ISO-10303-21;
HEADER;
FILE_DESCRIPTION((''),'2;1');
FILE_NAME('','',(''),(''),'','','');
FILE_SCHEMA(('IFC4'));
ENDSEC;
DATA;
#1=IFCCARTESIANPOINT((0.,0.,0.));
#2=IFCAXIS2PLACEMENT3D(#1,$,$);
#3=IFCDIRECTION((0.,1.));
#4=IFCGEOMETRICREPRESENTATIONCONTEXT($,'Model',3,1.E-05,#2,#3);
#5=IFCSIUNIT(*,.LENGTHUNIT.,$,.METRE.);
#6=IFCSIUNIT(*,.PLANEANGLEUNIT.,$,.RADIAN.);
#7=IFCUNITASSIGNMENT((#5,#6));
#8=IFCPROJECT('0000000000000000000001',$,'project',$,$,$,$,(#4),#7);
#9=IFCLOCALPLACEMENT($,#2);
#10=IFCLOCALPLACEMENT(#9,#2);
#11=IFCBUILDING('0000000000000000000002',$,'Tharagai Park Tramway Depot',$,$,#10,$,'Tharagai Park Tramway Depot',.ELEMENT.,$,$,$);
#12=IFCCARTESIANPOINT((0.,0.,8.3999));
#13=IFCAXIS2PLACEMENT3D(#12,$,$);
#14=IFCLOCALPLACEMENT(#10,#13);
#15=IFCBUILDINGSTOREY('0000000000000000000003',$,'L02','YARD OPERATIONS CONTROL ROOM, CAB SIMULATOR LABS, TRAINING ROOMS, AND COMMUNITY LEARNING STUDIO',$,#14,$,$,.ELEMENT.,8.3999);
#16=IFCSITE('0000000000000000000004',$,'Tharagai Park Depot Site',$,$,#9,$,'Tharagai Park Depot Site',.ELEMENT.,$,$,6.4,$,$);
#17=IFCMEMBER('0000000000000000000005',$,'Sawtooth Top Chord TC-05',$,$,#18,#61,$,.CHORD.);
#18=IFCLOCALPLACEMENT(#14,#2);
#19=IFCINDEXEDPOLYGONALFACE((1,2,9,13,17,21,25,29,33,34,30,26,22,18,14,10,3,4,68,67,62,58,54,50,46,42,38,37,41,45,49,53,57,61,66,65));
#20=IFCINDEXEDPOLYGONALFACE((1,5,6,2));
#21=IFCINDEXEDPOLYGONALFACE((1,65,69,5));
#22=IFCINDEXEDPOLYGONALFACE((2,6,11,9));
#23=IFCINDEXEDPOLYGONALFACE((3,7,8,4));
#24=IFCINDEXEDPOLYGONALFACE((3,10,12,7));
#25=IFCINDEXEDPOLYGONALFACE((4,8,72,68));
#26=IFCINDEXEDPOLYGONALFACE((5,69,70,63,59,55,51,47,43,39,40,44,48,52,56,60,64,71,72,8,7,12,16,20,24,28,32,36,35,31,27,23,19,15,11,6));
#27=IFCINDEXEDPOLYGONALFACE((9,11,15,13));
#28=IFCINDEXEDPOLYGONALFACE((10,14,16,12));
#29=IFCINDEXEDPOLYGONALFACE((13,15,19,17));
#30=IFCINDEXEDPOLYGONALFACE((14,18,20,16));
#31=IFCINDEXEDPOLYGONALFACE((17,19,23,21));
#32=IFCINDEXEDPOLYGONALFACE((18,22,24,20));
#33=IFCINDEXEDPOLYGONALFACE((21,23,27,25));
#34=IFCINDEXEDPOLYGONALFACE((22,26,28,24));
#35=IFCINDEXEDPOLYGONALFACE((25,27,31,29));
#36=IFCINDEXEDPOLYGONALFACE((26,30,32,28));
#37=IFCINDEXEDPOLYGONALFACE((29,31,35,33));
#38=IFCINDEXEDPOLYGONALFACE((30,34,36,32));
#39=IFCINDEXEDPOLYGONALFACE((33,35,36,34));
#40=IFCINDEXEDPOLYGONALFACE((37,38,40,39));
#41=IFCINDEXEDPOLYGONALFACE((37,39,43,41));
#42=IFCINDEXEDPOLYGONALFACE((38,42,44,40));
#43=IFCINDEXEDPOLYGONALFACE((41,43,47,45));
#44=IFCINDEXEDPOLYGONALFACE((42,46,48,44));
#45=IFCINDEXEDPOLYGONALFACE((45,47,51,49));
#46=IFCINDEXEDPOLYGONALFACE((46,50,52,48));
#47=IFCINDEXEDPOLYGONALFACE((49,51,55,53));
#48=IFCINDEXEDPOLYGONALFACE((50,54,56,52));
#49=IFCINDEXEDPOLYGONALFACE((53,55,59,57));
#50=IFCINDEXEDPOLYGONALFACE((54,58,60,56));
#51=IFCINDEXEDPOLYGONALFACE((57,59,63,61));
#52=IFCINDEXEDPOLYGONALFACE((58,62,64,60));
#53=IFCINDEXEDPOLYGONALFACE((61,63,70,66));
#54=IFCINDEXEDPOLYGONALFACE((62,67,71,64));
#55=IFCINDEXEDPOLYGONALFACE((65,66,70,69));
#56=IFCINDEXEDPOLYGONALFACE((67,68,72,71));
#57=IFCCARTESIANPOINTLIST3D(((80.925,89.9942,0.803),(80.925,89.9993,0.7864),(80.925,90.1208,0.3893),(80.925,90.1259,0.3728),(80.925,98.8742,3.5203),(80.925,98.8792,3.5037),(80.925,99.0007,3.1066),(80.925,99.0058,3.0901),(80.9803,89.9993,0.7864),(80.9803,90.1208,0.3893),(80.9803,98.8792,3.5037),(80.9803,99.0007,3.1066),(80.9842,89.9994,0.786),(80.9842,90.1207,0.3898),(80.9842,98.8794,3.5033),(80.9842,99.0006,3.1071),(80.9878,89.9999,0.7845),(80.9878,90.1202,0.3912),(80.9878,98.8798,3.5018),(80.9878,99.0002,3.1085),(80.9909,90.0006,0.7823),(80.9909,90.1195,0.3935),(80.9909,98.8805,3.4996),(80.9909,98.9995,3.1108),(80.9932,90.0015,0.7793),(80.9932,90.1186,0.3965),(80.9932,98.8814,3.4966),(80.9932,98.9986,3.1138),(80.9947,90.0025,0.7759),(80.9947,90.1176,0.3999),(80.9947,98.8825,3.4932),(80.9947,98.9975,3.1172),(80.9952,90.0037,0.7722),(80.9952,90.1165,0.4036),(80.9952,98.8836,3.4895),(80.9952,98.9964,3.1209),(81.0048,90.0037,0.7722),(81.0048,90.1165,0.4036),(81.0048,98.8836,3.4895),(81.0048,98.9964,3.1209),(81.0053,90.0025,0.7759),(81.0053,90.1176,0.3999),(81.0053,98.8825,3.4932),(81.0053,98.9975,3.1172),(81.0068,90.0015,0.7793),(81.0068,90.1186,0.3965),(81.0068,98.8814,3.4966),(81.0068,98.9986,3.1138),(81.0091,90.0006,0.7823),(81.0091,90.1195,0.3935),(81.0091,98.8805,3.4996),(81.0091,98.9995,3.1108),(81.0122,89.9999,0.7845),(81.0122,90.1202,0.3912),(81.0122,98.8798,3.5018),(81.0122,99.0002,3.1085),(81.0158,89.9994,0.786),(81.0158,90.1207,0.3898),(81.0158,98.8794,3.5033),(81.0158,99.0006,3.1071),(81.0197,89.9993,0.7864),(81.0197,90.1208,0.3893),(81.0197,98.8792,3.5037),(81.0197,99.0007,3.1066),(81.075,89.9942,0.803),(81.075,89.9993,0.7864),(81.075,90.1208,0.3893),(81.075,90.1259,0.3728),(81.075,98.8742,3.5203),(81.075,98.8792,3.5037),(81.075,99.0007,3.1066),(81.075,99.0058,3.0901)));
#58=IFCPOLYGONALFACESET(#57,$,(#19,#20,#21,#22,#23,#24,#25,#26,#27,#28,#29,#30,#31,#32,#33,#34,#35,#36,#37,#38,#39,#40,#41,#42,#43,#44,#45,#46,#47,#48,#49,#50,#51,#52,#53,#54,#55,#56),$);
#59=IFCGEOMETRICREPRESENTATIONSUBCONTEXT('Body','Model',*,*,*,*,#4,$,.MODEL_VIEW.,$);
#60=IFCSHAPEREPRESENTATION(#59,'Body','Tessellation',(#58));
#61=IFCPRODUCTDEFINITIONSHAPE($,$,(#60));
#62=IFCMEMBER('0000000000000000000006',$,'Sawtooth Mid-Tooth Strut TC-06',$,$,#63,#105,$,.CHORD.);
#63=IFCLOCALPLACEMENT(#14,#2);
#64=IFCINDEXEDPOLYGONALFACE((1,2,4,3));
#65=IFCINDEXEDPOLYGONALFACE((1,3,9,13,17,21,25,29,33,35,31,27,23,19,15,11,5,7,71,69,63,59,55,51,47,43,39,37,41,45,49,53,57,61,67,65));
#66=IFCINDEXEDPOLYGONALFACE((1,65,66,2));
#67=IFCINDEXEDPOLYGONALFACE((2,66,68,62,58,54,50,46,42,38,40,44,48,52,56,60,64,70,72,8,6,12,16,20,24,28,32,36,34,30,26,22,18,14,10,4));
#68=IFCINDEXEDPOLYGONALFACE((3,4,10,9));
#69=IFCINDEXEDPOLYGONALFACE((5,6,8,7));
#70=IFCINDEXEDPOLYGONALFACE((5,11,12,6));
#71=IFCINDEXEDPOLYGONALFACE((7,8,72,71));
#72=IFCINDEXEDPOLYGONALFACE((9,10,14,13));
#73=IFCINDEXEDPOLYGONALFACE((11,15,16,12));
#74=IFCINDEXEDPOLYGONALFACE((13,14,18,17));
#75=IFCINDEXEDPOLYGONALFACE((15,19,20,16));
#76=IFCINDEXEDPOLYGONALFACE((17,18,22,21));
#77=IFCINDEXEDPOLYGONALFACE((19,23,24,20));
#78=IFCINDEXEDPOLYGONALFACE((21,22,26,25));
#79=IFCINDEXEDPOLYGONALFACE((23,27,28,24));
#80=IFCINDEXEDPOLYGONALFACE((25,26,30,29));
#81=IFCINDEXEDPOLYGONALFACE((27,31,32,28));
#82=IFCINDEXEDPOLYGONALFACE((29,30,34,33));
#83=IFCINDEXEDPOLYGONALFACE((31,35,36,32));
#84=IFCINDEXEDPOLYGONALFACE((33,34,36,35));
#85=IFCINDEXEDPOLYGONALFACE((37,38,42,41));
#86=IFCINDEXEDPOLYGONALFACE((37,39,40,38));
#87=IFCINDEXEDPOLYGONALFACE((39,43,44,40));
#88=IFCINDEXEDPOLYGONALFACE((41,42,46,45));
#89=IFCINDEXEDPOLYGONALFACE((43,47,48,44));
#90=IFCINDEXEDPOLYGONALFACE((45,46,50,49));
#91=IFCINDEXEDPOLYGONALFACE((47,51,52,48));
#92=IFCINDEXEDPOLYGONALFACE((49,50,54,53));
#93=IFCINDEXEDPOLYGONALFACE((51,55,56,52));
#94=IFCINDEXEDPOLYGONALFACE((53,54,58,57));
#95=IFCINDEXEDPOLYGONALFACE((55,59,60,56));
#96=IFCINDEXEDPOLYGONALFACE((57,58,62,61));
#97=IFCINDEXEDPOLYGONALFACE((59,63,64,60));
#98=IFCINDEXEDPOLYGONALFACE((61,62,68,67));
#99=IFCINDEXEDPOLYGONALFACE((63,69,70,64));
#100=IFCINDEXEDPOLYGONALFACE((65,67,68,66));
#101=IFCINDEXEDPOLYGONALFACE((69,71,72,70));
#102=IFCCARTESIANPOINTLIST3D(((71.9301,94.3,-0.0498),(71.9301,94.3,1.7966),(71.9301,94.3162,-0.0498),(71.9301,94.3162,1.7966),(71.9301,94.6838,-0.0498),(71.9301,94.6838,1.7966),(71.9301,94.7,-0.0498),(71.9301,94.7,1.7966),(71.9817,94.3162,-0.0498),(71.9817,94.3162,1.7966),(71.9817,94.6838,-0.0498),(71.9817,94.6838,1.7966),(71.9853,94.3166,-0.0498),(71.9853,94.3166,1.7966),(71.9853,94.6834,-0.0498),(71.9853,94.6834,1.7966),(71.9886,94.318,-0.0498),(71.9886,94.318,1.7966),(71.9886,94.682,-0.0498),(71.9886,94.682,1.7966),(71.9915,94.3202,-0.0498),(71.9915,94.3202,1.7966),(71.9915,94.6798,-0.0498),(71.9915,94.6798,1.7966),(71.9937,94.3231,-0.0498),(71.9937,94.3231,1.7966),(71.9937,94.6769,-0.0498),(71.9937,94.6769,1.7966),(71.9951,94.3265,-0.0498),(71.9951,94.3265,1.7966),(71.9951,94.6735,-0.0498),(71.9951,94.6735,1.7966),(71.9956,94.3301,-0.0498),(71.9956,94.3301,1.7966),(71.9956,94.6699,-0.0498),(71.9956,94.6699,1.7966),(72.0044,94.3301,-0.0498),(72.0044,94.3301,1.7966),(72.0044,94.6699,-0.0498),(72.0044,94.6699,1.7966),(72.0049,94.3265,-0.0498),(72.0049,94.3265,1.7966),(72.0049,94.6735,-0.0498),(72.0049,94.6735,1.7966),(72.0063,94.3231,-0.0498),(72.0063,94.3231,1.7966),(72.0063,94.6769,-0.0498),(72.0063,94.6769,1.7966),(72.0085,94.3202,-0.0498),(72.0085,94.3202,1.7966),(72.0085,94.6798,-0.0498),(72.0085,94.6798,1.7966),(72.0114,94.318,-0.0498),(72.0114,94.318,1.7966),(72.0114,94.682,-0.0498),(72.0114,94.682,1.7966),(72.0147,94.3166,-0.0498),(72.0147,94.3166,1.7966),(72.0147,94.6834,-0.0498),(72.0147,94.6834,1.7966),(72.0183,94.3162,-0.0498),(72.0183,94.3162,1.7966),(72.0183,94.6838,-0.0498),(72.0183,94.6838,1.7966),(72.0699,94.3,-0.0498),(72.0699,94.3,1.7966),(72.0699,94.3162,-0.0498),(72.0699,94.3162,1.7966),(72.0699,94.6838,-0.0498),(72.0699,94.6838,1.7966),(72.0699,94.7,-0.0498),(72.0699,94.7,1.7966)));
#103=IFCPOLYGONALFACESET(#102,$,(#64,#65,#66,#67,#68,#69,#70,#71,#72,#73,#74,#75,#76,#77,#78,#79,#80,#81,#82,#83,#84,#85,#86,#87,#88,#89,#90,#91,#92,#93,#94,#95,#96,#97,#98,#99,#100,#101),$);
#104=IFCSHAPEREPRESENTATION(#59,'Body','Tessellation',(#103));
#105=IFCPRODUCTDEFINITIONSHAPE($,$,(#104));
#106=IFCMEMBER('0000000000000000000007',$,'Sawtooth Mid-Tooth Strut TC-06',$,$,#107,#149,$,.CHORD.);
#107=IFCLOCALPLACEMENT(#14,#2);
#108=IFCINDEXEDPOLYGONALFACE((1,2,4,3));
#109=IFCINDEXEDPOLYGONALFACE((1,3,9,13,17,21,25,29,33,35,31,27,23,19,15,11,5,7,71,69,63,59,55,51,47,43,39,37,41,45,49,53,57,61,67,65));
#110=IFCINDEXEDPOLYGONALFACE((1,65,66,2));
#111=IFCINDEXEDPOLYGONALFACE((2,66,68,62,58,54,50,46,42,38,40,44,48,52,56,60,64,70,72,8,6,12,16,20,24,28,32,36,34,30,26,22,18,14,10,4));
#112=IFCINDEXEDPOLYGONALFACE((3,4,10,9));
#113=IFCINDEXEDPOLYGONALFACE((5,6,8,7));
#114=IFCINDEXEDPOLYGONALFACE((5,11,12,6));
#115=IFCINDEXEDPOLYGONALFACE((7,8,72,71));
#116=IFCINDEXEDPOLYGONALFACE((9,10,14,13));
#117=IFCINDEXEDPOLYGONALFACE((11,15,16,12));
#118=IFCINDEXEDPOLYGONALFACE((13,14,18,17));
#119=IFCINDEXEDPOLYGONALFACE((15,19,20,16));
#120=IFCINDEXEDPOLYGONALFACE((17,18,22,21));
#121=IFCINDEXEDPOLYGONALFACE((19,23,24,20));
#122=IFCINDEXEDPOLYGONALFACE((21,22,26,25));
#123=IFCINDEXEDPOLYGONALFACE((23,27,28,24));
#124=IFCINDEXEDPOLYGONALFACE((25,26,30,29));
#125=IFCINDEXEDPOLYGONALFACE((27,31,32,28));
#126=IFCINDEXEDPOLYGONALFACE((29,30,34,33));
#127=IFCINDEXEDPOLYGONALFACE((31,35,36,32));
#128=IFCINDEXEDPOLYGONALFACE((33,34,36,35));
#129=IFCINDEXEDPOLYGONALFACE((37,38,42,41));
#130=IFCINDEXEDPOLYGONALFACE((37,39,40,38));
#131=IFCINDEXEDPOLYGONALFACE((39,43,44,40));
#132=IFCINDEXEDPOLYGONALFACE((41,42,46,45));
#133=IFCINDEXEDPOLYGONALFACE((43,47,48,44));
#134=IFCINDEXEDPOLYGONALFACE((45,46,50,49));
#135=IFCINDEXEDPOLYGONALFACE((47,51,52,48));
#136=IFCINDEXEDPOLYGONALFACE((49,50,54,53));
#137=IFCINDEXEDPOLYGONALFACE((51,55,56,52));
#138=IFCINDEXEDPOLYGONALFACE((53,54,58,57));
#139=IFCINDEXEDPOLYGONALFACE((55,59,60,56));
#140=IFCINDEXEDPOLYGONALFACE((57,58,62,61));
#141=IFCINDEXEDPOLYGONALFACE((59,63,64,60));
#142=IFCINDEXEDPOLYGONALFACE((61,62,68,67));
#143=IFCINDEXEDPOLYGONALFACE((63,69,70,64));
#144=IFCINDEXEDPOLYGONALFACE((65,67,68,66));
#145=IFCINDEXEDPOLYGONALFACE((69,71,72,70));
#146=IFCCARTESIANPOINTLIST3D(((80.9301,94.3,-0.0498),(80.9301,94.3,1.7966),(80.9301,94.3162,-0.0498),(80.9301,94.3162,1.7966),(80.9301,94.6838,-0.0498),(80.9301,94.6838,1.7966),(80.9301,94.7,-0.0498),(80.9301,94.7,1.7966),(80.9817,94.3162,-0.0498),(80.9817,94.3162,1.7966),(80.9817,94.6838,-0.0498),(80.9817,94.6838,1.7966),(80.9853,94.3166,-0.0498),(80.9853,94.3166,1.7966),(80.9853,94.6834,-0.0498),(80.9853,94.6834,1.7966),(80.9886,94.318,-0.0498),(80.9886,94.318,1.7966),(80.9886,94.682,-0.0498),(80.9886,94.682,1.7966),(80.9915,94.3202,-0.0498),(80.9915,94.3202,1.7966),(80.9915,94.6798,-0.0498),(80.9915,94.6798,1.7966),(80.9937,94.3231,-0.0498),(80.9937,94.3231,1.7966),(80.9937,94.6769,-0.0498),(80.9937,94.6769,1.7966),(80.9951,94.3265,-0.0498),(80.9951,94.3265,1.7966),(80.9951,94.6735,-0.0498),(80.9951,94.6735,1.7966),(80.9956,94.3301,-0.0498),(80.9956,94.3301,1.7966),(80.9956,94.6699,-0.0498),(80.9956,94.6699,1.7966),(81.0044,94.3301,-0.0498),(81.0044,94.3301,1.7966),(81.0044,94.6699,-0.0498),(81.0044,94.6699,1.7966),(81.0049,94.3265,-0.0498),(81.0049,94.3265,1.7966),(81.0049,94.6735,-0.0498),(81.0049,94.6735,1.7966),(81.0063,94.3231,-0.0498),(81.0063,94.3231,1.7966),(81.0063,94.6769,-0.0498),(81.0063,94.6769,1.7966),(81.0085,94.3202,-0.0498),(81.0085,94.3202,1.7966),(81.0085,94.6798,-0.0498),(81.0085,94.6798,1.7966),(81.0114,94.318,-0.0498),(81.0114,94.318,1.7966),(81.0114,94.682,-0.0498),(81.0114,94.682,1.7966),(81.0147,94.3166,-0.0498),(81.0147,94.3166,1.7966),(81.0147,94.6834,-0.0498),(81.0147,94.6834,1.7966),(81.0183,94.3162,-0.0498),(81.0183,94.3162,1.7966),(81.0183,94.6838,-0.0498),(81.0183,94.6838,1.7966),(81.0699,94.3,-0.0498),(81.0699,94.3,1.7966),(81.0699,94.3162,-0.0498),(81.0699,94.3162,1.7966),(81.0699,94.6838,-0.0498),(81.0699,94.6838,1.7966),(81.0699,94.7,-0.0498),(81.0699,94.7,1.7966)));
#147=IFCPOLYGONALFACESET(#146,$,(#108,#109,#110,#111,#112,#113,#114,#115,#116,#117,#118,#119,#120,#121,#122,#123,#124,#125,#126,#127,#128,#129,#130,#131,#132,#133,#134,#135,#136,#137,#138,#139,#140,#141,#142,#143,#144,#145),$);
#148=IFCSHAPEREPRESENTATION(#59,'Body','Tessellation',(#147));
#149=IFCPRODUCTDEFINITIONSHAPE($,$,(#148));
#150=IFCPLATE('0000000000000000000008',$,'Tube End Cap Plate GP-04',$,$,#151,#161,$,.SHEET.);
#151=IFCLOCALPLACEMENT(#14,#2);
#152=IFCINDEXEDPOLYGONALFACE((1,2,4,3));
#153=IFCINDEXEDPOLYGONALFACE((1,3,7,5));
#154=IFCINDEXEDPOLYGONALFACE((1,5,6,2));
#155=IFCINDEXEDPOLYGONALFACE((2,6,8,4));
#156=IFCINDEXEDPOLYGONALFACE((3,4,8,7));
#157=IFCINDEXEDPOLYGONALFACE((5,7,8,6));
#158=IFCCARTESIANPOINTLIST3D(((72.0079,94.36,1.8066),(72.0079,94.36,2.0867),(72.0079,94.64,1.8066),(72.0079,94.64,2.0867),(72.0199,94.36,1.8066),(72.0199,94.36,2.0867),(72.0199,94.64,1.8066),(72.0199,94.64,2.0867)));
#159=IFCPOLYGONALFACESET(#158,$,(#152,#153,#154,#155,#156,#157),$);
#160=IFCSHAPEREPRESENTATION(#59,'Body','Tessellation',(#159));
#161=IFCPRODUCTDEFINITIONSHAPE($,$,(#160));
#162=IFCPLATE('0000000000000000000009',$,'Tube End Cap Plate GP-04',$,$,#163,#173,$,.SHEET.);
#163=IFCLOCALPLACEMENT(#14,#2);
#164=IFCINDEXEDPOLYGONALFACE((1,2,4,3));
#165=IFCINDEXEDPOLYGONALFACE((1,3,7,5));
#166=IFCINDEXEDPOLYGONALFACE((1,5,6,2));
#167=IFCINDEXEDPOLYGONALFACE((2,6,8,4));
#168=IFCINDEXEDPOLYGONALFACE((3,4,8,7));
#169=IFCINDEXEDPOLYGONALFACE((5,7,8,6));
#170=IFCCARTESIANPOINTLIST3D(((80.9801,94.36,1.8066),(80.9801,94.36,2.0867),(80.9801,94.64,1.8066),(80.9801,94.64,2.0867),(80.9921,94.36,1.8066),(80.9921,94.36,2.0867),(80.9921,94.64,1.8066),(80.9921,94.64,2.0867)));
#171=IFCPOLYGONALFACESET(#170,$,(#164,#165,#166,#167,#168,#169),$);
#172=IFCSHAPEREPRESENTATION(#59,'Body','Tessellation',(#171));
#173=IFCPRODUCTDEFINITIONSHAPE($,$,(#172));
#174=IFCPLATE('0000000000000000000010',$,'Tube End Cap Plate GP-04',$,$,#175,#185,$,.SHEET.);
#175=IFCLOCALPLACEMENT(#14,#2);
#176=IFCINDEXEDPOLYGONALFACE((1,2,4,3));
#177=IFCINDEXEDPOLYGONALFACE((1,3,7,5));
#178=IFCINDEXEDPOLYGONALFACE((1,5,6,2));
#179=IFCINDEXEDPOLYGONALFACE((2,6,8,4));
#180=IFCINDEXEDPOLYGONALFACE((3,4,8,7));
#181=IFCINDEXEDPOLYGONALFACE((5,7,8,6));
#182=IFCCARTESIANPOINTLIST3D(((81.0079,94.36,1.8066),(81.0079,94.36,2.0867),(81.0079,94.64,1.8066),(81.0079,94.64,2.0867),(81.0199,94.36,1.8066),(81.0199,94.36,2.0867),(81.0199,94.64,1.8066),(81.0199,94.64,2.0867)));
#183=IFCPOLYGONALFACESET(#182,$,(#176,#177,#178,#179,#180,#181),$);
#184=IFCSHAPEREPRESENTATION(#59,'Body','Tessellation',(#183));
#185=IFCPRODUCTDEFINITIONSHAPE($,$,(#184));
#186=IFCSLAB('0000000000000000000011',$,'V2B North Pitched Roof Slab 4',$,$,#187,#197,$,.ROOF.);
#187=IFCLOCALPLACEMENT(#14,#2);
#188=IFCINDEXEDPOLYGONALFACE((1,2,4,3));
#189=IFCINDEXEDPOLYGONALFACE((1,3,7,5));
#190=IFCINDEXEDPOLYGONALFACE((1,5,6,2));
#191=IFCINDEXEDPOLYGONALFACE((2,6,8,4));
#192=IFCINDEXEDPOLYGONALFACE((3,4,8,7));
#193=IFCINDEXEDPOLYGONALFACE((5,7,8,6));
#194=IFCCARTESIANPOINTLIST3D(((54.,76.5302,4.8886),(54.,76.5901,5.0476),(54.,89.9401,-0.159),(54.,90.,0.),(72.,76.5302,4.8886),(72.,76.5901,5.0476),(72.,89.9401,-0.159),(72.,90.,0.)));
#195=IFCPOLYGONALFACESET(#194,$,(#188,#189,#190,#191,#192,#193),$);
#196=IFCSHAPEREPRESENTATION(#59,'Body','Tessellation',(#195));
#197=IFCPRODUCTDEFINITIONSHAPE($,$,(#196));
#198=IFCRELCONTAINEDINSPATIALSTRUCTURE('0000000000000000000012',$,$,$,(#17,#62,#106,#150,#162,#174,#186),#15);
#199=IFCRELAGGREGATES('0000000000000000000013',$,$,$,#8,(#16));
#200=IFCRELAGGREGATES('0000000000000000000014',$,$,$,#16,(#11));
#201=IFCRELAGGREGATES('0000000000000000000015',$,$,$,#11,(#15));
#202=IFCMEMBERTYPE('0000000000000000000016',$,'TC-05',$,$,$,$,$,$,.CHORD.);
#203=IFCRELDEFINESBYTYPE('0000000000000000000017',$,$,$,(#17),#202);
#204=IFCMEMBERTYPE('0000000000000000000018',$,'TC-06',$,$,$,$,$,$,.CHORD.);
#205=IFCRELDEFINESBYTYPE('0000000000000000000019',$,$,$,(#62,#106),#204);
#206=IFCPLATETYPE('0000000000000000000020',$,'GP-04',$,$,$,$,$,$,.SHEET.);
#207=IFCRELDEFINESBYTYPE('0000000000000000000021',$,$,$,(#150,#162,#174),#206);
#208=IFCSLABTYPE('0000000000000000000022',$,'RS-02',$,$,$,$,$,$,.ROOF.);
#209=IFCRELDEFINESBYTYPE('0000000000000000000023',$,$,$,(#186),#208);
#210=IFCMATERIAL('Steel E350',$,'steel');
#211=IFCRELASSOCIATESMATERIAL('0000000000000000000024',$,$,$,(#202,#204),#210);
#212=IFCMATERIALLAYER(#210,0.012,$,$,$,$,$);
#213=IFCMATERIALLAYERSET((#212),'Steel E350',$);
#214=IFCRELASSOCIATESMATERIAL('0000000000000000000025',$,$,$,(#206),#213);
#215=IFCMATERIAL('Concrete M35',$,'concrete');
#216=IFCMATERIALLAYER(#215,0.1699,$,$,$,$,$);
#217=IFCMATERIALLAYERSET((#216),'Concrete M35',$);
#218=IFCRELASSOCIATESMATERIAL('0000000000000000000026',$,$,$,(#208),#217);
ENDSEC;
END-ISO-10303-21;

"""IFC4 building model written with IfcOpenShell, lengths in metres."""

from ifc_helpers import new_model, si_unit, direction, frame, origin, origin_2d, place, context, subcontext, project, spatial, polyline, rectangle, i_section, outline, extrude, material, layer, layer_set, material_profile, profile_set, type_object, element, save


model = new_model("IFC4")

# Units and contexts
model_context = context("Model", 3, precision=1e-05, world=origin(), true_north=direction((0.0, 1.0)))
body_context = subcontext(model_context, "Body", "Model", "MODEL_VIEW")
ifc_project = project(units=[si_unit("LENGTHUNIT", "METRE"), si_unit("PLANEANGLEUNIT", "RADIAN")], contexts=[model_context])

# Site, building, storey
site_placement = place(None, origin())
site = spatial("IfcSite", under=ifc_project, at=site_placement, Name="Tharagai Park Depot Site", LongName="Tharagai Park Depot Site", CompositionType="ELEMENT", RefElevation=6.4)
building_placement = place(site_placement, origin())
building = spatial("IfcBuilding", under=site, at=building_placement, Name="Tharagai Park Tramway Depot", LongName="Tharagai Park Tramway Depot", CompositionType="ELEMENT")
storey_placement = place(building_placement, frame((0.0, 0.0, 8.3999)))
storey = spatial("IfcBuildingStorey", under=building, at=storey_placement, Name="L02", Description="YARD OPERATIONS CONTROL ROOM, CAB SIMULATOR LABS, TRAINING ROOMS, AND COMMUNITY LEARNING STUDIO", CompositionType="ELEMENT", Elevation=8.3999)

# Shared definitions
ifc_material_1 = material(Name="Steel E350", Category="steel")

# Members
ifc_material_profile_1 = material_profile(ifc_material_1, i_section(OverallWidth=0.1499, OverallDepth=0.45, WebThickness=0.0095, FlangeThickness=0.0173, FilletRadius=0.0149, at=origin_2d()), Name="ISMB 450")
ifc_profile_set_1 = profile_set([ifc_material_profile_1], Name="Steel E350")
member_type_1 = type_object("IfcMemberType", Name="TC-05", PredefinedType="CHORD", material=ifc_profile_set_1)
for number, where, z_axis, x_axis, name in (
    (1, (81.0, 90.0601, 0.5879), (0.0, 0.956231, 0.292611), (-1.0, 0.0, 0.0), "Sawtooth Top Chord TC-05"),
):
    element("IfcMember", number, at=place(storey_placement, frame(where, z_axis=z_axis, x_axis=x_axis)), inside=storey, type_object=member_type_1, Name=name, PredefinedType="CHORD", context=body_context, shape_type="SweptSolid", body=[
        extrude(i_section(OverallWidth=0.1499, OverallDepth=0.45, WebThickness=0.0095, FlangeThickness=0.0173, FilletRadius=0.0149, at=origin_2d()), origin(), (0.0, 0.0, 1.0), 9.2864),
    ])
ifc_material_profile_2 = material_profile(ifc_material_1, i_section(OverallWidth=0.1399, OverallDepth=0.3999, WebThickness=0.0088, FlangeThickness=0.0161, FilletRadius=0.0139, at=origin_2d()), Name="ISMB 400")
ifc_profile_set_2 = profile_set([ifc_material_profile_2], Name="Steel E350")
member_type_2 = type_object("IfcMemberType", Name="TC-06", PredefinedType="CHORD", material=ifc_profile_set_2)
for number, where, z_axis, x_axis, name in (
    (2, (72.0, 94.5, -0.0498), (0.0, 0.0, 1.0), (1.0, 0.0, 0.0), "Sawtooth Mid-Tooth Strut TC-06"),
    (3, (81.0, 94.5, -0.0498), (0.0, 0.0, 1.0), (1.0, 0.0, 0.0), "Sawtooth Mid-Tooth Strut TC-06"),
):
    element("IfcMember", number, at=place(storey_placement, frame(where, z_axis=z_axis, x_axis=x_axis)), inside=storey, type_object=member_type_2, Name=name, PredefinedType="CHORD", context=body_context, shape_type="SweptSolid", body=[
        extrude(i_section(OverallWidth=0.1399, OverallDepth=0.3999, WebThickness=0.0088, FlangeThickness=0.0161, FilletRadius=0.0139, at=origin_2d()), origin(), (0.0, 0.0, 1.0), 1.8464),
    ])

# Plates
ifc_layer_1 = layer(ifc_material_1, 0.012)
ifc_layer_set_1 = layer_set([ifc_layer_1], Name="Steel E350")
plate_type = type_object("IfcPlateType", Name="GP-04", PredefinedType="SHEET", material=ifc_layer_set_1)
for number, where, z_axis, x_axis, name in (
    (4, (72.0139, 94.5, 1.8066), (0.0, 0.0, 1.0), (1.0, 0.0, 0.0), "Tube End Cap Plate GP-04"),
    (5, (80.9861, 94.5, 1.8066), (0.0, 0.0, 1.0), (1.0, 0.0, 0.0), "Tube End Cap Plate GP-04"),
    (6, (81.0139, 94.5, 1.8066), (0.0, 0.0, 1.0), (1.0, 0.0, 0.0), "Tube End Cap Plate GP-04"),
):
    element("IfcPlate", number, at=place(storey_placement, frame(where, z_axis=z_axis, x_axis=x_axis)), inside=storey, type_object=plate_type, Name=name, PredefinedType="SHEET", context=body_context, shape_type="SweptSolid", body=[
        extrude(rectangle(XDim=0.012, YDim=0.28, at=origin_2d()), origin(), (0.0, 0.0, 1.0), 0.28),
    ])

# Slab
ifc_material_2 = material(Name="Concrete M35", Category="concrete")
ifc_layer_2 = layer(ifc_material_2, 0.1699)
ifc_layer_set_2 = layer_set([ifc_layer_2], Name="Concrete M35")
slab_type_1 = type_object("IfcSlabType", Name="RS-02", PredefinedType="ROOF", material=ifc_layer_set_2)
slab_1_placement = place(storey_placement, frame((72.0, 90.0, 0.0), z_axis=(0.0, 0.352279, 0.935895), x_axis=(-1.0, 0.0, 0.0)))
element("IfcSlab", 7, at=slab_1_placement, inside=storey, type_object=slab_type_1, Name="V2B North Pitched Roof Slab 4", PredefinedType="ROOF", context=body_context, shape_type="SweptSolid", body=[
    extrude(outline(polyline([(0.0, 0.0), (18.0, 0.0), (18.0, 14.3284), (0.0, 14.3284), (0.0, 0.0)])), origin(), (0.0, 0.0, -1.0), 0.1699),
])

save(model, "model.ifc")
